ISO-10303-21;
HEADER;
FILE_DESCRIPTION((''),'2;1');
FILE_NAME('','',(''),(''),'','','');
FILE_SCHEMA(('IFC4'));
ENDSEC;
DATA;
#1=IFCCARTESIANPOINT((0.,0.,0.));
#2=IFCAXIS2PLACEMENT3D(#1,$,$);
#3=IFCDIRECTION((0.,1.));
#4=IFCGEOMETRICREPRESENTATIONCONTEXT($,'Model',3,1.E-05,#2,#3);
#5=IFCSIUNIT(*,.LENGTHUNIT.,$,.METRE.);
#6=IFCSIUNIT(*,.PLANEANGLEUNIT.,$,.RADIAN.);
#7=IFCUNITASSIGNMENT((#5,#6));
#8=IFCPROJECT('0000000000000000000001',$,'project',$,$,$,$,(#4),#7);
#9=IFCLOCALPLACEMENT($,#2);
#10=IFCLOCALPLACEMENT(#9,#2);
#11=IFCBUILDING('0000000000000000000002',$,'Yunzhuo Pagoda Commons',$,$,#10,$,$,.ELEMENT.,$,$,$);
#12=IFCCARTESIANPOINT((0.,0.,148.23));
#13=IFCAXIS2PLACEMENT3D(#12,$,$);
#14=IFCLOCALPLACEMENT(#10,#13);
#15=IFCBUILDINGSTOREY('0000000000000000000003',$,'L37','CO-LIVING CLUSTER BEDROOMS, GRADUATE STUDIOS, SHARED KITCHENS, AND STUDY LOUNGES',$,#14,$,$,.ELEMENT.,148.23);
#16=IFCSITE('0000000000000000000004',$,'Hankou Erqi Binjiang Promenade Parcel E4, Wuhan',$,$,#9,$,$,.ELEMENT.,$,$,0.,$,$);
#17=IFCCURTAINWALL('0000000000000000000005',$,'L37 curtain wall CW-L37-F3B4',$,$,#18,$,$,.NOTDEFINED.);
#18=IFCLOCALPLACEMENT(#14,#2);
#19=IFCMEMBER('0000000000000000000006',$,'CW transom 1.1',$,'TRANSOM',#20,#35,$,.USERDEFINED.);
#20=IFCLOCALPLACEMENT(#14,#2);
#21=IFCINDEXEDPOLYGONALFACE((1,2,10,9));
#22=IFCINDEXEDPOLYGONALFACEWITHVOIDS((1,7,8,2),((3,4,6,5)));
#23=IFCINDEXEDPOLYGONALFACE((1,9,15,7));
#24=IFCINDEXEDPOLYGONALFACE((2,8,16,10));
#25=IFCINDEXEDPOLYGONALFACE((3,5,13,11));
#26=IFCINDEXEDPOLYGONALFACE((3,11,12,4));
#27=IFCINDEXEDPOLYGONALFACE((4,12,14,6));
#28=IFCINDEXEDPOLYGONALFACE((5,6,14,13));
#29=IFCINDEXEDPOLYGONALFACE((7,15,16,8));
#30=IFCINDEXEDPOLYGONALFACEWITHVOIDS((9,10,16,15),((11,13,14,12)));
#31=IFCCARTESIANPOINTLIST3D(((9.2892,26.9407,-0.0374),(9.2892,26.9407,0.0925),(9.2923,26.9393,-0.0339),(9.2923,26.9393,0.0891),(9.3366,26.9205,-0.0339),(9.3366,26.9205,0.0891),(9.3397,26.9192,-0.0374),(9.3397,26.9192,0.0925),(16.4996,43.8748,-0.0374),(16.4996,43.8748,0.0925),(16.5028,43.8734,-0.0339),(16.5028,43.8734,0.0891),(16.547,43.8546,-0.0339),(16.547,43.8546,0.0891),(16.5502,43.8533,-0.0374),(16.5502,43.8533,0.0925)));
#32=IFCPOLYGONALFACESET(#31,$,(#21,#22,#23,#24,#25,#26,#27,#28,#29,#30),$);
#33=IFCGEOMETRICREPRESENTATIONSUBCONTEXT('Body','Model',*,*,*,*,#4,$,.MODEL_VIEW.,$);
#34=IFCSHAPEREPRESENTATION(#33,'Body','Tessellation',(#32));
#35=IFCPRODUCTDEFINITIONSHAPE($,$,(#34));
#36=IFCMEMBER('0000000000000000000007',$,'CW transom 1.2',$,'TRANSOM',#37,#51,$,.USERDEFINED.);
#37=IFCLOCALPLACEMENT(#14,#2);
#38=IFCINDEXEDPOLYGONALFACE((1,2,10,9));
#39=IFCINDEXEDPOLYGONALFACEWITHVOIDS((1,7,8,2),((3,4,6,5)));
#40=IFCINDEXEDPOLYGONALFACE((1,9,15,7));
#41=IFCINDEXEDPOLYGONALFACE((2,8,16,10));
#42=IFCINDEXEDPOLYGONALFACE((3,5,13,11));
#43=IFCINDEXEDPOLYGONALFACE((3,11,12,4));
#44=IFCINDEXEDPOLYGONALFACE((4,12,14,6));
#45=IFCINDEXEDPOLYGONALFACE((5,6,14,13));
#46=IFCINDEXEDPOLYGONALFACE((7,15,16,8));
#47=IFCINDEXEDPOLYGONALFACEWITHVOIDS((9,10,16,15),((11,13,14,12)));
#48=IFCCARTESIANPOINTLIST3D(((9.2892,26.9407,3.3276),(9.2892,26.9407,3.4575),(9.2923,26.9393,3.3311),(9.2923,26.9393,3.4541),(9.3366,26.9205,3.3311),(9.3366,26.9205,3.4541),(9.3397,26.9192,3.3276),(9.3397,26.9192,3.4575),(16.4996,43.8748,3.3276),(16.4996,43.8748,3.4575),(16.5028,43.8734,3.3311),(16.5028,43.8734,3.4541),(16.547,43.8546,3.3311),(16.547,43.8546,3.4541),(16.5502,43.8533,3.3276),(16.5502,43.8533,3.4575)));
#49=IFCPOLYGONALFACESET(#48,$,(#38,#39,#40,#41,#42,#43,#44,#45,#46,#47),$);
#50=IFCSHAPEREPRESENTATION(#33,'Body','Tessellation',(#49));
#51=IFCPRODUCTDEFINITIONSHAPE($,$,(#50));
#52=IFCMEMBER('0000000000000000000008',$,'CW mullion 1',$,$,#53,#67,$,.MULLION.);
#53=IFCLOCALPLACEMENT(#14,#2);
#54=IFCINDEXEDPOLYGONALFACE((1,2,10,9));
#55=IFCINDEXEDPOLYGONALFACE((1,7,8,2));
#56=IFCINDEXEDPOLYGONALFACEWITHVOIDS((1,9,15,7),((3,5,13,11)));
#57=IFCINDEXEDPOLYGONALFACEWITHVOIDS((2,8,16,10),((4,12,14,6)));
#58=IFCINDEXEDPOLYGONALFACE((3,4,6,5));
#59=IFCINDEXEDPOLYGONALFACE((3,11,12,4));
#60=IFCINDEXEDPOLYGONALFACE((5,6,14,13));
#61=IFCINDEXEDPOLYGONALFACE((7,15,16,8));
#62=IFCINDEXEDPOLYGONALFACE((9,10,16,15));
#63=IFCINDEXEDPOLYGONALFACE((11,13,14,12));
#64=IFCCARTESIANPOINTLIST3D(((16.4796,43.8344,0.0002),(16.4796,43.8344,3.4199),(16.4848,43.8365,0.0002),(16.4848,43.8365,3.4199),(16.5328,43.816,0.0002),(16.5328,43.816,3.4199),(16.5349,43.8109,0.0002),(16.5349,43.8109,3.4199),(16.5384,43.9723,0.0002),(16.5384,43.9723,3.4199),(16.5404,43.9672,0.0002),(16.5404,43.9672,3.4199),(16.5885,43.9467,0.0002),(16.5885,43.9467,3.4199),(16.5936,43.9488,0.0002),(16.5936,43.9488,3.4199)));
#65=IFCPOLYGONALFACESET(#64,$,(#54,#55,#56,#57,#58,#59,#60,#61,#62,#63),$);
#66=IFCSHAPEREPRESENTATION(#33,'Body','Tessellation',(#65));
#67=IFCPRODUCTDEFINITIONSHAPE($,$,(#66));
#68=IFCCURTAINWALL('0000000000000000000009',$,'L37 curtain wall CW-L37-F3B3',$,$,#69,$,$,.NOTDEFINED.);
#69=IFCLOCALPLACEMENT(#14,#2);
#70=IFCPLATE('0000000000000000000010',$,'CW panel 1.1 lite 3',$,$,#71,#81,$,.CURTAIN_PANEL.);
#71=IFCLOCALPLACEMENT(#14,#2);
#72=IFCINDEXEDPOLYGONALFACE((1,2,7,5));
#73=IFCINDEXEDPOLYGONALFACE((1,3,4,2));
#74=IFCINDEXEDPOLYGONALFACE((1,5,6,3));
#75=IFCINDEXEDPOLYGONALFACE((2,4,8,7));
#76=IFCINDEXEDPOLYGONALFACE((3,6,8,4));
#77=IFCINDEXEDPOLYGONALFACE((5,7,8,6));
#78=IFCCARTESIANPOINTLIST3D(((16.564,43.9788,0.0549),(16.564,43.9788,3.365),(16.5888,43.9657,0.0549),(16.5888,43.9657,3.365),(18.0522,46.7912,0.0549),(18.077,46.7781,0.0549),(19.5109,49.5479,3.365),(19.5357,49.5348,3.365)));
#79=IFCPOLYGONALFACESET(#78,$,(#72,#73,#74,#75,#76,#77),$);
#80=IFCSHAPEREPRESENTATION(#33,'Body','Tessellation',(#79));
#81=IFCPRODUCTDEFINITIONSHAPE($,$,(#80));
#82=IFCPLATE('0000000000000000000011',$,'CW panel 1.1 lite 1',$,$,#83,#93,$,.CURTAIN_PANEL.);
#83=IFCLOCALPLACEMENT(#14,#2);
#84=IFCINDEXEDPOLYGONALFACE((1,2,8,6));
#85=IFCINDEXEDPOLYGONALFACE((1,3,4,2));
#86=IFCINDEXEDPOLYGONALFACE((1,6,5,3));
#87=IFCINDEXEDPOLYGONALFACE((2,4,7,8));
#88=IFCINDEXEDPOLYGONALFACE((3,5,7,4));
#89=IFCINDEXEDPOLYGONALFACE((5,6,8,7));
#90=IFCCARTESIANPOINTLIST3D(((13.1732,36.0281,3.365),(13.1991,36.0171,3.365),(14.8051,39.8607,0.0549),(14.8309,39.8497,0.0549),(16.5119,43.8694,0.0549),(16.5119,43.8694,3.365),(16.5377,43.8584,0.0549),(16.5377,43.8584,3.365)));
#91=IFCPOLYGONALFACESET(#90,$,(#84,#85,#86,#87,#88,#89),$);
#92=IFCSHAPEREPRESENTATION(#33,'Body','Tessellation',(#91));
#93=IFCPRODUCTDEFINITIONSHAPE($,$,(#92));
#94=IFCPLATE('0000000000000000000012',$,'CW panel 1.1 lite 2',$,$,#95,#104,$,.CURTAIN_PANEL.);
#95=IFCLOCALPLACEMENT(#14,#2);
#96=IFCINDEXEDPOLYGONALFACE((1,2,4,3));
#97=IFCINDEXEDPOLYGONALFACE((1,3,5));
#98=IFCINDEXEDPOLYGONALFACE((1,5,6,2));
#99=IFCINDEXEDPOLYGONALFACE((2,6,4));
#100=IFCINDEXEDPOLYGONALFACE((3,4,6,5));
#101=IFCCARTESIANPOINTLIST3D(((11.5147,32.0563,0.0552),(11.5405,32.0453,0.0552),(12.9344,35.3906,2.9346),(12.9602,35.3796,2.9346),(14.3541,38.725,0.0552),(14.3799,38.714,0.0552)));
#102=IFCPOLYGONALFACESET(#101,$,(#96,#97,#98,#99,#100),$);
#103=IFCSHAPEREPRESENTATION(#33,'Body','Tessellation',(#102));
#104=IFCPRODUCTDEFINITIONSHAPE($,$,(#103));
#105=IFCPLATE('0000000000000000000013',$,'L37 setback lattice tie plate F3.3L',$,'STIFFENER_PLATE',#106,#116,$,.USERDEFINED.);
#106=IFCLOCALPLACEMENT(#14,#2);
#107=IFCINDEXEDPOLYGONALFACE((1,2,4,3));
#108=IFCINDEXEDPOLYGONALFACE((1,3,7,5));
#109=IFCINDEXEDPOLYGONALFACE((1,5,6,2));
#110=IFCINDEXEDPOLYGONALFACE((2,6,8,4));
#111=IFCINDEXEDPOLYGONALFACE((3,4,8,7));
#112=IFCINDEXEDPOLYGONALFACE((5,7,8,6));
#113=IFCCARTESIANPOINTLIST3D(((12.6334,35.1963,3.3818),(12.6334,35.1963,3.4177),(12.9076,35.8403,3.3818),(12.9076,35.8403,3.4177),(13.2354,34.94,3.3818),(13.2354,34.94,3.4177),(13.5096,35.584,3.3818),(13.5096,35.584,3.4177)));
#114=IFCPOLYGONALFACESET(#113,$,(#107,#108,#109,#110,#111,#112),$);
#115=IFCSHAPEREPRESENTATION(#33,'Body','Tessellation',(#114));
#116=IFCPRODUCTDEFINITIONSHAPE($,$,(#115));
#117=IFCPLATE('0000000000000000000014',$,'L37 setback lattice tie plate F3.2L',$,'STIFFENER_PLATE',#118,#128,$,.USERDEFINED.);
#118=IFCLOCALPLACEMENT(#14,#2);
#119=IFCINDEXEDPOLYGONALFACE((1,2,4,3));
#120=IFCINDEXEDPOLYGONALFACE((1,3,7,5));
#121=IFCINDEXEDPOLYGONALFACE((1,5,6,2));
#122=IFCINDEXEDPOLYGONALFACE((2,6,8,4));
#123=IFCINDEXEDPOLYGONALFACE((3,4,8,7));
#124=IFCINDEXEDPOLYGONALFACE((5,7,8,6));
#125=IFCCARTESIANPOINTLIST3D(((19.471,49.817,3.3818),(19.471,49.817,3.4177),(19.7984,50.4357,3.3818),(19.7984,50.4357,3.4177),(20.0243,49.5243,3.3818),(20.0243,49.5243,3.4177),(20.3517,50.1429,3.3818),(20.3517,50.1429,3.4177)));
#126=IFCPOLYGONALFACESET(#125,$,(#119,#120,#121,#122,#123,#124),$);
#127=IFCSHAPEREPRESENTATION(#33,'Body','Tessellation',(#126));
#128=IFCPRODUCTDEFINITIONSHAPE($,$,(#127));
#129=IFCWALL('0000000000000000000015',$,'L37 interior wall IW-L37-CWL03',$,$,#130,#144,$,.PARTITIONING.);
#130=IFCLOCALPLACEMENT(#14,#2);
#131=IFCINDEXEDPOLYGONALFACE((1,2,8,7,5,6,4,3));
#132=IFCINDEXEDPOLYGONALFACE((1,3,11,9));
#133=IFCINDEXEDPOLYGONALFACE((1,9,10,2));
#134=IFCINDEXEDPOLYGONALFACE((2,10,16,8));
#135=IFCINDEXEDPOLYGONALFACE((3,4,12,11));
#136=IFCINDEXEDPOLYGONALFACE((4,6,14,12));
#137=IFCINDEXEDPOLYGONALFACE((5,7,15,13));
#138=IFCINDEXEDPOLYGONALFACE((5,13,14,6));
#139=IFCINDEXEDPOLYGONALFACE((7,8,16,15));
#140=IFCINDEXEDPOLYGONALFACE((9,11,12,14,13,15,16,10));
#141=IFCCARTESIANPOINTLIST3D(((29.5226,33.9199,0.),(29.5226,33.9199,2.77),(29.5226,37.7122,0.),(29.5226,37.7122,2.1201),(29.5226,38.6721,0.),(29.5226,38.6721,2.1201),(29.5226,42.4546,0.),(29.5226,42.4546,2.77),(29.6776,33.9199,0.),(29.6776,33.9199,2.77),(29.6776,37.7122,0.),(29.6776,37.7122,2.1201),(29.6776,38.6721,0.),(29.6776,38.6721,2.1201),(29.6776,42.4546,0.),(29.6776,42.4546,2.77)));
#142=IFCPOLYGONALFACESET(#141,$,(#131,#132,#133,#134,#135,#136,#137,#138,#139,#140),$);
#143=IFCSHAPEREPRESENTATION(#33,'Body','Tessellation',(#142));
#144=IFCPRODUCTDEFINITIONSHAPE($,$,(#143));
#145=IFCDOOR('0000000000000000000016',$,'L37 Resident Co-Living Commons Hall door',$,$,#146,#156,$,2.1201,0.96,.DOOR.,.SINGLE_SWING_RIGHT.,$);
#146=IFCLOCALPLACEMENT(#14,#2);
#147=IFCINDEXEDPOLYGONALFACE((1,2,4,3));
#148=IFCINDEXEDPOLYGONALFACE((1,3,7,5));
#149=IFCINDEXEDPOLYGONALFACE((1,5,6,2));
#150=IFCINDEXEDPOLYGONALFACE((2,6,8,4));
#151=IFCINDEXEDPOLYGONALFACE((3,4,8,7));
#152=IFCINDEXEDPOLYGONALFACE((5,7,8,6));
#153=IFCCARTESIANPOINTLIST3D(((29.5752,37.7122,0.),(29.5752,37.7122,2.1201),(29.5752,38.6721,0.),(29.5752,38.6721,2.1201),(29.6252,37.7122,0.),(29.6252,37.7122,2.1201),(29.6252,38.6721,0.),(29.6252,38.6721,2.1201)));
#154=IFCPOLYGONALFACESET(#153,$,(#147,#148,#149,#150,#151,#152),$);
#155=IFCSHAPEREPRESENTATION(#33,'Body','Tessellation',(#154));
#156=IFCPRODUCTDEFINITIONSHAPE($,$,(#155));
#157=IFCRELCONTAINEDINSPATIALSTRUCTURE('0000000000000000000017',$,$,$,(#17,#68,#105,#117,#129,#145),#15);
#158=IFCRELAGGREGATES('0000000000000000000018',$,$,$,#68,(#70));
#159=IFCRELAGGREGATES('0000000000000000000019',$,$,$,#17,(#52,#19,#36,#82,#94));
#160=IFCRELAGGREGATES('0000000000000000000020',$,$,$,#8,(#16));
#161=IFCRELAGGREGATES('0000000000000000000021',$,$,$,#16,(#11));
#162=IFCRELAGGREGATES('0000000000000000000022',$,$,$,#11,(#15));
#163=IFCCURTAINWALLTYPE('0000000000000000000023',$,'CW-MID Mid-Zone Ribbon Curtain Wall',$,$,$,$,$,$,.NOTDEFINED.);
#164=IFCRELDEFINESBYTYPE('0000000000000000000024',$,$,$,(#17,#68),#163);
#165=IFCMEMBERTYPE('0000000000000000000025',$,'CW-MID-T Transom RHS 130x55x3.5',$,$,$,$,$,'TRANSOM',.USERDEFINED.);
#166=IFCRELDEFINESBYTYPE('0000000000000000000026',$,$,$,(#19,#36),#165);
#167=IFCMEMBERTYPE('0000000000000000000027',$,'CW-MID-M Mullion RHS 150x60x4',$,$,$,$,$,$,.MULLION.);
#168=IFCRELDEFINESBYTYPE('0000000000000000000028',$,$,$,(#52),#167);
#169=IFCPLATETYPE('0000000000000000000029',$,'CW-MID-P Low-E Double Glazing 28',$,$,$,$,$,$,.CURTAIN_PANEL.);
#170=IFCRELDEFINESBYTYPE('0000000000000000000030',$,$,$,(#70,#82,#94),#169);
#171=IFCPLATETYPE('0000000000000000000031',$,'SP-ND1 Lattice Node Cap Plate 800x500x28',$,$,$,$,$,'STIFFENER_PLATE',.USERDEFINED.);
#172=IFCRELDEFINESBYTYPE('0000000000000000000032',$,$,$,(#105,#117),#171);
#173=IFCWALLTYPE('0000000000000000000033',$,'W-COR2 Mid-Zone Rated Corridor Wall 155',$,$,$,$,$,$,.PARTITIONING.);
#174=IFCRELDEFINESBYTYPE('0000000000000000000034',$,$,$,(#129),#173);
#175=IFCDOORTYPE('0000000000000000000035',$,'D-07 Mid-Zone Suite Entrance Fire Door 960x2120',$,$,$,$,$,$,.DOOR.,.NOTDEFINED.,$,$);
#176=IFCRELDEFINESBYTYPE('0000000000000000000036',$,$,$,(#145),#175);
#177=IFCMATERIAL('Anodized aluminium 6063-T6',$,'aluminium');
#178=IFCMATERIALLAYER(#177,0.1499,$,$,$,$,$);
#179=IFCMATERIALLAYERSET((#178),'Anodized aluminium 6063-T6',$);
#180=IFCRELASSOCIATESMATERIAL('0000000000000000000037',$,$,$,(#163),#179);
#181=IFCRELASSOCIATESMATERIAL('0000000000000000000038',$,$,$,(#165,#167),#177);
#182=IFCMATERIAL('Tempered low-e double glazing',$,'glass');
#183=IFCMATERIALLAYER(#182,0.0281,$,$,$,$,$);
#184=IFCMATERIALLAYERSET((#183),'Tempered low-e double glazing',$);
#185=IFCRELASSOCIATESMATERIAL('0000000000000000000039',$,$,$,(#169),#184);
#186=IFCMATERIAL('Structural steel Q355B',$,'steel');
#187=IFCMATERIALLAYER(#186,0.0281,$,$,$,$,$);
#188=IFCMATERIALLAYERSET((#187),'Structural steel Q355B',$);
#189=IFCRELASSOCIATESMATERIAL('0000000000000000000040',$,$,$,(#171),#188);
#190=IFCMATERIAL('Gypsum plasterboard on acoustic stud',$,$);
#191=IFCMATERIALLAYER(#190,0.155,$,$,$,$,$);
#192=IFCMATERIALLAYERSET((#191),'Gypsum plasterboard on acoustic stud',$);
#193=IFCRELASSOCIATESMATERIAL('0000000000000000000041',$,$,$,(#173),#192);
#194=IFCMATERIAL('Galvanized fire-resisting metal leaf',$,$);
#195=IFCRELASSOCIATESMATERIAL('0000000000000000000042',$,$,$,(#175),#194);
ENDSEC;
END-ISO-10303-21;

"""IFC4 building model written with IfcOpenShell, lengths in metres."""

from ifc_helpers import new_model, si_unit, direction, frame, frame_2d, origin, origin_with_axes, origin_2d, place, context, subcontext, project, spatial, polyline, rectangle, hollow_rectangle, outline, extrude, source, transform, mapped, material, layer, layer_set, material_profile, profile_set, type_object, element, fill, aggregate, save


model = new_model("IFC4")

# Units and contexts
model_context = context("Model", 3, precision=1e-05, world=origin(), true_north=direction((0.0, 1.0)))
body_context = subcontext(model_context, "Body", "Model", "MODEL_VIEW")
ifc_project = project(units=[si_unit("LENGTHUNIT", "METRE"), si_unit("PLANEANGLEUNIT", "RADIAN")], contexts=[model_context])

# Site, building, storey
site_placement = place(None, origin())
site = spatial("IfcSite", under=ifc_project, at=site_placement, Name="Hankou Erqi Binjiang Promenade Parcel E4, Wuhan", CompositionType="ELEMENT", RefElevation=0.0)
building_placement = place(site_placement, origin())
building = spatial("IfcBuilding", under=site, at=building_placement, Name="Yunzhuo Pagoda Commons", CompositionType="ELEMENT")
storey_placement = place(building_placement, frame((0.0, 0.0, 148.23)))
storey = spatial("IfcBuildingStorey", under=building, at=storey_placement, Name="L37", Description="CO-LIVING CLUSTER BEDROOMS, GRADUATE STUDIOS, SHARED KITCHENS, AND STUDY LOUNGES", CompositionType="ELEMENT", Elevation=148.23)

# Shared definitions
ifc_material_1 = material(Name="Structural steel Q355B", Category="steel")

# Curtain wall, members
ifc_material_2 = material(Name="Anodized aluminium 6063-T6", Category="aluminium")
ifc_layer_1 = layer(ifc_material_2, 0.1499)
ifc_layer_set_1 = layer_set([ifc_layer_1], Name="Anodized aluminium 6063-T6")
curtain_wall_type = type_object("IfcCurtainWallType", Name="CW-MID Mid-Zone Ribbon Curtain Wall", PredefinedType="NOTDEFINED", material=ifc_layer_set_1)
curtain_wall_1_placement = place(storey_placement, origin())
curtain_wall_1 = element("IfcCurtainWall", 1, at=curtain_wall_1_placement, inside=storey, type_object=curtain_wall_type, Name="L37 curtain wall CW-L37-F3B4", PredefinedType="NOTDEFINED")
ifc_material_profile_1 = material_profile(ifc_material_2, hollow_rectangle(XDim=0.0549, YDim=0.1299, WallThickness=0.0034, at=origin_2d()), Name="Anodized aluminium 6063-T6")
ifc_profile_set_1 = profile_set([ifc_material_profile_1], Name="Anodized aluminium 6063-T6")
member_type_1 = type_object("IfcMemberType", Name="CW-MID-T Transom RHS 130x55x3.5", ElementType="TRANSOM", PredefinedType="USERDEFINED", material=ifc_profile_set_1)
shared_shape_1 = source(origin(), body_context, "Body", "SweptSolid", [
    extrude(hollow_rectangle(XDim=0.0549, YDim=0.1299, WallThickness=0.0034, at=origin_2d()), origin(), (0.0, 0.0, 1.0), 18.4053),
])
member_1_placement = place(storey_placement, frame((16.5249, 43.864, 0.0276), z_axis=(-0.39176, -0.920067, 0.0), x_axis=(0.920067, -0.39176, 0.0)))
member_1 = element("IfcMember", 2, at=member_1_placement, type_object=member_type_1, Name="CW transom 1.1", ObjectType="TRANSOM", PredefinedType="USERDEFINED", context=body_context, shape_type="MappedRepresentation", body=[
    mapped(shared_shape_1, transform((0.0, 0.0, 0.0), scale=1.0)),
])
member_2_placement = place(storey_placement, frame((16.5249, 43.864, 3.3926), z_axis=(-0.39176, -0.920067, 0.0), x_axis=(0.920067, -0.39176, 0.0)))
member_2 = element("IfcMember", 3, at=member_2_placement, type_object=member_type_1, Name="CW transom 1.2", ObjectType="TRANSOM", PredefinedType="USERDEFINED", context=body_context, shape_type="MappedRepresentation", body=[
    mapped(shared_shape_1, transform((0.0, 0.0, 0.0), scale=1.0)),
])
ifc_material_profile_2 = material_profile(ifc_material_2, hollow_rectangle(XDim=0.0601, YDim=0.1499, WallThickness=0.0039, at=origin_2d()), Name="Anodized aluminium 6063-T6")
ifc_profile_set_2 = profile_set([ifc_material_profile_2], Name="Anodized aluminium 6063-T6")
member_type_2 = type_object("IfcMemberType", Name="CW-MID-M Mullion RHS 150x60x4", PredefinedType="MULLION", material=ifc_profile_set_2)
shared_shape_2 = source(origin(), body_context, "Body", "SweptSolid", [
    extrude(hollow_rectangle(XDim=0.0601, YDim=0.1499, WallThickness=0.0039, at=origin_2d()), origin(), (0.0, 0.0, 1.0), 3.4197),
])
member_3_placement = place(storey_placement, frame((16.5366, 43.8916, 0.0002), z_axis=(0.0, 0.0, 1.0), x_axis=(0.920072, -0.391749, 0.0)))
member_3 = element("IfcMember", 4, at=member_3_placement, type_object=member_type_2, Name="CW mullion 1", PredefinedType="MULLION", context=body_context, shape_type="MappedRepresentation", body=[
    mapped(shared_shape_2, transform((0.0, 0.0, 0.0), scale=1.0)),
])

# Curtain wall, plate
curtain_wall_2_placement = place(storey_placement, origin())
curtain_wall_2 = element("IfcCurtainWall", 5, at=curtain_wall_2_placement, inside=storey, type_object=curtain_wall_type, Name="L37 curtain wall CW-L37-F3B3", PredefinedType="NOTDEFINED")
ifc_material_3 = material(Name="Tempered low-e double glazing", Category="glass")
ifc_layer_2 = layer(ifc_material_3, 0.0281)
ifc_layer_set_2 = layer_set([ifc_layer_2], Name="Tempered low-e double glazing")
plate_type_1 = type_object("IfcPlateType", Name="CW-MID-P Low-E Double Glazing 28", PredefinedType="CURTAIN_PANEL", material=ifc_layer_set_2)
plate_1_placement = place(storey_placement, frame((18.0623, 46.7502, 1.71), z_axis=(-0.883879, 0.467715, 0.0), x_axis=(-0.467715, -0.883879, 0.0)))
plate_1 = element("IfcPlate", 6, at=plate_1_placement, type_object=plate_type_1, Name="CW panel 1.1 lite 3", PredefinedType="CURTAIN_PANEL", context=body_context, shape_type="SweptSolid", body=[
    extrude(outline(polyline([(-3.1504, 1.655), (-0.0315, -1.655), (3.1504, -1.655), (3.1504, 1.655), (-3.1504, 1.655)])), origin(), (0.0, 0.0, 1.0), 0.0281),
])
aggregate(curtain_wall_2, [plate_1])

# Plates
plate_2_placement = place(storey_placement, frame((14.8684, 39.9377, 1.71), z_axis=(-0.920072, 0.391749, 0.0), x_axis=(-0.391749, -0.920072, 0.0)))
plate_2 = element("IfcPlate", 7, at=plate_2_placement, type_object=plate_type_1, Name="CW panel 1.1 lite 1", PredefinedType="CURTAIN_PANEL", context=body_context, shape_type="SweptSolid", body=[
    extrude(outline(polyline([(-4.2612, -1.655), (0.0957, -1.655), (4.2612, 1.655), (-4.2612, 1.655), (-4.2612, -1.655)])), origin(), (0.0, 0.0, 1.0), 0.0281),
])
plate_3_placement = place(storey_placement, frame((12.9602, 35.3796, 1.4949), z_axis=(-0.920072, 0.391749, 0.0), x_axis=(-0.391749, -0.920072, 0.0)))
plate_3 = element("IfcPlate", 8, at=plate_3_placement, type_object=plate_type_1, Name="CW panel 1.1 lite 2", PredefinedType="CURTAIN_PANEL", context=body_context, shape_type="SweptSolid", body=[
    extrude(outline(polyline([(-3.624, -1.4397), (3.624, -1.4397), (0.0, 1.4397), (-3.624, -1.4397)])), origin(), (0.0, 0.0, 1.0), 0.0281),
])
aggregate(curtain_wall_1, [member_3, member_1, member_2, plate_2, plate_3])

# Plates
ifc_layer_3 = layer(ifc_material_1, 0.0281)
ifc_layer_set_3 = layer_set([ifc_layer_3], Name="Structural steel Q355B")
plate_type_2 = type_object("IfcPlateType", Name="SP-ND1 Lattice Node Cap Plate 800x500x28", ElementType="STIFFENER_PLATE", PredefinedType="USERDEFINED", material=ifc_layer_set_3)
shared_shape_3 = source(origin(), body_context, "Body", "SweptSolid", [
    extrude(rectangle(XDim=0.7, YDim=0.6543, at=origin_2d()), origin(), (0.0, 0.0, 1.0), 0.0359),
])
plate_4_placement = place(storey_placement, frame((13.0715, 35.3901, 3.3818), z_axis=(0.0, 0.0, 1.0), x_axis=(-0.391743, -0.920075, 0.0)))
element("IfcPlate", 9, at=plate_4_placement, inside=storey, type_object=plate_type_2, Name="L37 setback lattice tie plate F3.3L", ObjectType="STIFFENER_PLATE", PredefinedType="USERDEFINED", context=body_context, shape_type="MappedRepresentation", body=[
    mapped(shared_shape_3, transform((0.0, 0.0, 0.0), scale=1.0)),
])
shared_shape_4 = source(origin(), body_context, "Body", "SweptSolid", [
    extrude(rectangle(XDim=0.7, YDim=0.626, at=origin_2d()), origin(), (0.0, 0.0, 1.0), 0.0359),
])
plate_5_placement = place(storey_placement, frame((19.9114, 49.98, 3.3818), z_axis=(0.0, 0.0, 1.0), x_axis=(-0.467714, -0.88388, 0.0)))
element("IfcPlate", 10, at=plate_5_placement, inside=storey, type_object=plate_type_2, Name="L37 setback lattice tie plate F3.2L", ObjectType="STIFFENER_PLATE", PredefinedType="USERDEFINED", context=body_context, shape_type="MappedRepresentation", body=[
    mapped(shared_shape_4, transform((0.0, 0.0, 0.0), scale=1.0)),
])

# Wall, opening, door
ifc_material_4 = material(Name="Gypsum plasterboard on acoustic stud")
ifc_layer_4 = layer(ifc_material_4, 0.155)
ifc_layer_set_4 = layer_set([ifc_layer_4], Name="Gypsum plasterboard on acoustic stud")
wall_type_1 = type_object("IfcWallType", Name="W-COR2 Mid-Zone Rated Corridor Wall 155", PredefinedType="PARTITIONING", material=ifc_layer_set_4)
wall_1_placement = place(storey_placement, frame((29.6001, 33.9199, 0.0), z_axis=(0.0, 0.0, 1.0), x_axis=(0.0, 1.0, 0.0)))
wall_1 = element("IfcWall", 11, at=wall_1_placement, inside=storey, type_object=wall_type_1, Name="L37 interior wall IW-L37-CWL03", PredefinedType="PARTITIONING", context=body_context, shape_type="SweptSolid", body=[
    extrude(rectangle(XDim=8.5347, YDim=0.155, at=frame_2d((4.2673, 0.0))), origin(), (0.0, 0.0, 1.0), 2.77),
])
opening_1_placement = place(wall_1_placement, frame((3.7922, 0.0, 0.0)))
opening_1 = element("IfcOpeningElement", 12, at=opening_1_placement, cuts=wall_1, PredefinedType="OPENING", context=body_context, shape_type="SweptSolid", body=[
    extrude(rectangle(XDim=0.96, YDim=2.1201, at=frame_2d((0.48, 1.0601))), frame((0.0, 0.0874, 0.0), z_axis=(0.0, -1.0, 0.0), x_axis=(1.0, 0.0, 0.0)), (0.0, 0.0, 1.0), 0.175),
])
ifc_material_5 = material(Name="Galvanized fire-resisting metal leaf")
door_type = type_object("IfcDoorType", Name="D-07 Mid-Zone Suite Entrance Fire Door 960x2120", OperationType="NOTDEFINED", PredefinedType="DOOR", material=ifc_material_5)
shared_shape_5 = source(origin(), body_context, "Body", "SweptSolid", [
    extrude(rectangle(XDim=0.96, YDim=2.1201, at=frame_2d((0.48, 1.0601))), frame((0.0, 0.0249, 0.0), z_axis=(0.0, -1.0, 0.0), x_axis=(1.0, 0.0, 0.0)), (0.0, 0.0, 1.0), 0.05),
])
door_1_placement = place(opening_1_placement, origin_with_axes())
door_1 = element("IfcDoor", 13, at=door_1_placement, inside=storey, type_object=door_type, Name="L37 Resident Co-Living Commons Hall door", OperationType="SINGLE_SWING_RIGHT", OverallHeight=2.1201, OverallWidth=0.96, PredefinedType="DOOR", context=body_context, shape_type="MappedRepresentation", body=[
    mapped(shared_shape_5, transform((0.0, 0.0, 0.0), scale=1.0)),
])
fill(opening_1, door_1)

save(model, "model.ifc")
